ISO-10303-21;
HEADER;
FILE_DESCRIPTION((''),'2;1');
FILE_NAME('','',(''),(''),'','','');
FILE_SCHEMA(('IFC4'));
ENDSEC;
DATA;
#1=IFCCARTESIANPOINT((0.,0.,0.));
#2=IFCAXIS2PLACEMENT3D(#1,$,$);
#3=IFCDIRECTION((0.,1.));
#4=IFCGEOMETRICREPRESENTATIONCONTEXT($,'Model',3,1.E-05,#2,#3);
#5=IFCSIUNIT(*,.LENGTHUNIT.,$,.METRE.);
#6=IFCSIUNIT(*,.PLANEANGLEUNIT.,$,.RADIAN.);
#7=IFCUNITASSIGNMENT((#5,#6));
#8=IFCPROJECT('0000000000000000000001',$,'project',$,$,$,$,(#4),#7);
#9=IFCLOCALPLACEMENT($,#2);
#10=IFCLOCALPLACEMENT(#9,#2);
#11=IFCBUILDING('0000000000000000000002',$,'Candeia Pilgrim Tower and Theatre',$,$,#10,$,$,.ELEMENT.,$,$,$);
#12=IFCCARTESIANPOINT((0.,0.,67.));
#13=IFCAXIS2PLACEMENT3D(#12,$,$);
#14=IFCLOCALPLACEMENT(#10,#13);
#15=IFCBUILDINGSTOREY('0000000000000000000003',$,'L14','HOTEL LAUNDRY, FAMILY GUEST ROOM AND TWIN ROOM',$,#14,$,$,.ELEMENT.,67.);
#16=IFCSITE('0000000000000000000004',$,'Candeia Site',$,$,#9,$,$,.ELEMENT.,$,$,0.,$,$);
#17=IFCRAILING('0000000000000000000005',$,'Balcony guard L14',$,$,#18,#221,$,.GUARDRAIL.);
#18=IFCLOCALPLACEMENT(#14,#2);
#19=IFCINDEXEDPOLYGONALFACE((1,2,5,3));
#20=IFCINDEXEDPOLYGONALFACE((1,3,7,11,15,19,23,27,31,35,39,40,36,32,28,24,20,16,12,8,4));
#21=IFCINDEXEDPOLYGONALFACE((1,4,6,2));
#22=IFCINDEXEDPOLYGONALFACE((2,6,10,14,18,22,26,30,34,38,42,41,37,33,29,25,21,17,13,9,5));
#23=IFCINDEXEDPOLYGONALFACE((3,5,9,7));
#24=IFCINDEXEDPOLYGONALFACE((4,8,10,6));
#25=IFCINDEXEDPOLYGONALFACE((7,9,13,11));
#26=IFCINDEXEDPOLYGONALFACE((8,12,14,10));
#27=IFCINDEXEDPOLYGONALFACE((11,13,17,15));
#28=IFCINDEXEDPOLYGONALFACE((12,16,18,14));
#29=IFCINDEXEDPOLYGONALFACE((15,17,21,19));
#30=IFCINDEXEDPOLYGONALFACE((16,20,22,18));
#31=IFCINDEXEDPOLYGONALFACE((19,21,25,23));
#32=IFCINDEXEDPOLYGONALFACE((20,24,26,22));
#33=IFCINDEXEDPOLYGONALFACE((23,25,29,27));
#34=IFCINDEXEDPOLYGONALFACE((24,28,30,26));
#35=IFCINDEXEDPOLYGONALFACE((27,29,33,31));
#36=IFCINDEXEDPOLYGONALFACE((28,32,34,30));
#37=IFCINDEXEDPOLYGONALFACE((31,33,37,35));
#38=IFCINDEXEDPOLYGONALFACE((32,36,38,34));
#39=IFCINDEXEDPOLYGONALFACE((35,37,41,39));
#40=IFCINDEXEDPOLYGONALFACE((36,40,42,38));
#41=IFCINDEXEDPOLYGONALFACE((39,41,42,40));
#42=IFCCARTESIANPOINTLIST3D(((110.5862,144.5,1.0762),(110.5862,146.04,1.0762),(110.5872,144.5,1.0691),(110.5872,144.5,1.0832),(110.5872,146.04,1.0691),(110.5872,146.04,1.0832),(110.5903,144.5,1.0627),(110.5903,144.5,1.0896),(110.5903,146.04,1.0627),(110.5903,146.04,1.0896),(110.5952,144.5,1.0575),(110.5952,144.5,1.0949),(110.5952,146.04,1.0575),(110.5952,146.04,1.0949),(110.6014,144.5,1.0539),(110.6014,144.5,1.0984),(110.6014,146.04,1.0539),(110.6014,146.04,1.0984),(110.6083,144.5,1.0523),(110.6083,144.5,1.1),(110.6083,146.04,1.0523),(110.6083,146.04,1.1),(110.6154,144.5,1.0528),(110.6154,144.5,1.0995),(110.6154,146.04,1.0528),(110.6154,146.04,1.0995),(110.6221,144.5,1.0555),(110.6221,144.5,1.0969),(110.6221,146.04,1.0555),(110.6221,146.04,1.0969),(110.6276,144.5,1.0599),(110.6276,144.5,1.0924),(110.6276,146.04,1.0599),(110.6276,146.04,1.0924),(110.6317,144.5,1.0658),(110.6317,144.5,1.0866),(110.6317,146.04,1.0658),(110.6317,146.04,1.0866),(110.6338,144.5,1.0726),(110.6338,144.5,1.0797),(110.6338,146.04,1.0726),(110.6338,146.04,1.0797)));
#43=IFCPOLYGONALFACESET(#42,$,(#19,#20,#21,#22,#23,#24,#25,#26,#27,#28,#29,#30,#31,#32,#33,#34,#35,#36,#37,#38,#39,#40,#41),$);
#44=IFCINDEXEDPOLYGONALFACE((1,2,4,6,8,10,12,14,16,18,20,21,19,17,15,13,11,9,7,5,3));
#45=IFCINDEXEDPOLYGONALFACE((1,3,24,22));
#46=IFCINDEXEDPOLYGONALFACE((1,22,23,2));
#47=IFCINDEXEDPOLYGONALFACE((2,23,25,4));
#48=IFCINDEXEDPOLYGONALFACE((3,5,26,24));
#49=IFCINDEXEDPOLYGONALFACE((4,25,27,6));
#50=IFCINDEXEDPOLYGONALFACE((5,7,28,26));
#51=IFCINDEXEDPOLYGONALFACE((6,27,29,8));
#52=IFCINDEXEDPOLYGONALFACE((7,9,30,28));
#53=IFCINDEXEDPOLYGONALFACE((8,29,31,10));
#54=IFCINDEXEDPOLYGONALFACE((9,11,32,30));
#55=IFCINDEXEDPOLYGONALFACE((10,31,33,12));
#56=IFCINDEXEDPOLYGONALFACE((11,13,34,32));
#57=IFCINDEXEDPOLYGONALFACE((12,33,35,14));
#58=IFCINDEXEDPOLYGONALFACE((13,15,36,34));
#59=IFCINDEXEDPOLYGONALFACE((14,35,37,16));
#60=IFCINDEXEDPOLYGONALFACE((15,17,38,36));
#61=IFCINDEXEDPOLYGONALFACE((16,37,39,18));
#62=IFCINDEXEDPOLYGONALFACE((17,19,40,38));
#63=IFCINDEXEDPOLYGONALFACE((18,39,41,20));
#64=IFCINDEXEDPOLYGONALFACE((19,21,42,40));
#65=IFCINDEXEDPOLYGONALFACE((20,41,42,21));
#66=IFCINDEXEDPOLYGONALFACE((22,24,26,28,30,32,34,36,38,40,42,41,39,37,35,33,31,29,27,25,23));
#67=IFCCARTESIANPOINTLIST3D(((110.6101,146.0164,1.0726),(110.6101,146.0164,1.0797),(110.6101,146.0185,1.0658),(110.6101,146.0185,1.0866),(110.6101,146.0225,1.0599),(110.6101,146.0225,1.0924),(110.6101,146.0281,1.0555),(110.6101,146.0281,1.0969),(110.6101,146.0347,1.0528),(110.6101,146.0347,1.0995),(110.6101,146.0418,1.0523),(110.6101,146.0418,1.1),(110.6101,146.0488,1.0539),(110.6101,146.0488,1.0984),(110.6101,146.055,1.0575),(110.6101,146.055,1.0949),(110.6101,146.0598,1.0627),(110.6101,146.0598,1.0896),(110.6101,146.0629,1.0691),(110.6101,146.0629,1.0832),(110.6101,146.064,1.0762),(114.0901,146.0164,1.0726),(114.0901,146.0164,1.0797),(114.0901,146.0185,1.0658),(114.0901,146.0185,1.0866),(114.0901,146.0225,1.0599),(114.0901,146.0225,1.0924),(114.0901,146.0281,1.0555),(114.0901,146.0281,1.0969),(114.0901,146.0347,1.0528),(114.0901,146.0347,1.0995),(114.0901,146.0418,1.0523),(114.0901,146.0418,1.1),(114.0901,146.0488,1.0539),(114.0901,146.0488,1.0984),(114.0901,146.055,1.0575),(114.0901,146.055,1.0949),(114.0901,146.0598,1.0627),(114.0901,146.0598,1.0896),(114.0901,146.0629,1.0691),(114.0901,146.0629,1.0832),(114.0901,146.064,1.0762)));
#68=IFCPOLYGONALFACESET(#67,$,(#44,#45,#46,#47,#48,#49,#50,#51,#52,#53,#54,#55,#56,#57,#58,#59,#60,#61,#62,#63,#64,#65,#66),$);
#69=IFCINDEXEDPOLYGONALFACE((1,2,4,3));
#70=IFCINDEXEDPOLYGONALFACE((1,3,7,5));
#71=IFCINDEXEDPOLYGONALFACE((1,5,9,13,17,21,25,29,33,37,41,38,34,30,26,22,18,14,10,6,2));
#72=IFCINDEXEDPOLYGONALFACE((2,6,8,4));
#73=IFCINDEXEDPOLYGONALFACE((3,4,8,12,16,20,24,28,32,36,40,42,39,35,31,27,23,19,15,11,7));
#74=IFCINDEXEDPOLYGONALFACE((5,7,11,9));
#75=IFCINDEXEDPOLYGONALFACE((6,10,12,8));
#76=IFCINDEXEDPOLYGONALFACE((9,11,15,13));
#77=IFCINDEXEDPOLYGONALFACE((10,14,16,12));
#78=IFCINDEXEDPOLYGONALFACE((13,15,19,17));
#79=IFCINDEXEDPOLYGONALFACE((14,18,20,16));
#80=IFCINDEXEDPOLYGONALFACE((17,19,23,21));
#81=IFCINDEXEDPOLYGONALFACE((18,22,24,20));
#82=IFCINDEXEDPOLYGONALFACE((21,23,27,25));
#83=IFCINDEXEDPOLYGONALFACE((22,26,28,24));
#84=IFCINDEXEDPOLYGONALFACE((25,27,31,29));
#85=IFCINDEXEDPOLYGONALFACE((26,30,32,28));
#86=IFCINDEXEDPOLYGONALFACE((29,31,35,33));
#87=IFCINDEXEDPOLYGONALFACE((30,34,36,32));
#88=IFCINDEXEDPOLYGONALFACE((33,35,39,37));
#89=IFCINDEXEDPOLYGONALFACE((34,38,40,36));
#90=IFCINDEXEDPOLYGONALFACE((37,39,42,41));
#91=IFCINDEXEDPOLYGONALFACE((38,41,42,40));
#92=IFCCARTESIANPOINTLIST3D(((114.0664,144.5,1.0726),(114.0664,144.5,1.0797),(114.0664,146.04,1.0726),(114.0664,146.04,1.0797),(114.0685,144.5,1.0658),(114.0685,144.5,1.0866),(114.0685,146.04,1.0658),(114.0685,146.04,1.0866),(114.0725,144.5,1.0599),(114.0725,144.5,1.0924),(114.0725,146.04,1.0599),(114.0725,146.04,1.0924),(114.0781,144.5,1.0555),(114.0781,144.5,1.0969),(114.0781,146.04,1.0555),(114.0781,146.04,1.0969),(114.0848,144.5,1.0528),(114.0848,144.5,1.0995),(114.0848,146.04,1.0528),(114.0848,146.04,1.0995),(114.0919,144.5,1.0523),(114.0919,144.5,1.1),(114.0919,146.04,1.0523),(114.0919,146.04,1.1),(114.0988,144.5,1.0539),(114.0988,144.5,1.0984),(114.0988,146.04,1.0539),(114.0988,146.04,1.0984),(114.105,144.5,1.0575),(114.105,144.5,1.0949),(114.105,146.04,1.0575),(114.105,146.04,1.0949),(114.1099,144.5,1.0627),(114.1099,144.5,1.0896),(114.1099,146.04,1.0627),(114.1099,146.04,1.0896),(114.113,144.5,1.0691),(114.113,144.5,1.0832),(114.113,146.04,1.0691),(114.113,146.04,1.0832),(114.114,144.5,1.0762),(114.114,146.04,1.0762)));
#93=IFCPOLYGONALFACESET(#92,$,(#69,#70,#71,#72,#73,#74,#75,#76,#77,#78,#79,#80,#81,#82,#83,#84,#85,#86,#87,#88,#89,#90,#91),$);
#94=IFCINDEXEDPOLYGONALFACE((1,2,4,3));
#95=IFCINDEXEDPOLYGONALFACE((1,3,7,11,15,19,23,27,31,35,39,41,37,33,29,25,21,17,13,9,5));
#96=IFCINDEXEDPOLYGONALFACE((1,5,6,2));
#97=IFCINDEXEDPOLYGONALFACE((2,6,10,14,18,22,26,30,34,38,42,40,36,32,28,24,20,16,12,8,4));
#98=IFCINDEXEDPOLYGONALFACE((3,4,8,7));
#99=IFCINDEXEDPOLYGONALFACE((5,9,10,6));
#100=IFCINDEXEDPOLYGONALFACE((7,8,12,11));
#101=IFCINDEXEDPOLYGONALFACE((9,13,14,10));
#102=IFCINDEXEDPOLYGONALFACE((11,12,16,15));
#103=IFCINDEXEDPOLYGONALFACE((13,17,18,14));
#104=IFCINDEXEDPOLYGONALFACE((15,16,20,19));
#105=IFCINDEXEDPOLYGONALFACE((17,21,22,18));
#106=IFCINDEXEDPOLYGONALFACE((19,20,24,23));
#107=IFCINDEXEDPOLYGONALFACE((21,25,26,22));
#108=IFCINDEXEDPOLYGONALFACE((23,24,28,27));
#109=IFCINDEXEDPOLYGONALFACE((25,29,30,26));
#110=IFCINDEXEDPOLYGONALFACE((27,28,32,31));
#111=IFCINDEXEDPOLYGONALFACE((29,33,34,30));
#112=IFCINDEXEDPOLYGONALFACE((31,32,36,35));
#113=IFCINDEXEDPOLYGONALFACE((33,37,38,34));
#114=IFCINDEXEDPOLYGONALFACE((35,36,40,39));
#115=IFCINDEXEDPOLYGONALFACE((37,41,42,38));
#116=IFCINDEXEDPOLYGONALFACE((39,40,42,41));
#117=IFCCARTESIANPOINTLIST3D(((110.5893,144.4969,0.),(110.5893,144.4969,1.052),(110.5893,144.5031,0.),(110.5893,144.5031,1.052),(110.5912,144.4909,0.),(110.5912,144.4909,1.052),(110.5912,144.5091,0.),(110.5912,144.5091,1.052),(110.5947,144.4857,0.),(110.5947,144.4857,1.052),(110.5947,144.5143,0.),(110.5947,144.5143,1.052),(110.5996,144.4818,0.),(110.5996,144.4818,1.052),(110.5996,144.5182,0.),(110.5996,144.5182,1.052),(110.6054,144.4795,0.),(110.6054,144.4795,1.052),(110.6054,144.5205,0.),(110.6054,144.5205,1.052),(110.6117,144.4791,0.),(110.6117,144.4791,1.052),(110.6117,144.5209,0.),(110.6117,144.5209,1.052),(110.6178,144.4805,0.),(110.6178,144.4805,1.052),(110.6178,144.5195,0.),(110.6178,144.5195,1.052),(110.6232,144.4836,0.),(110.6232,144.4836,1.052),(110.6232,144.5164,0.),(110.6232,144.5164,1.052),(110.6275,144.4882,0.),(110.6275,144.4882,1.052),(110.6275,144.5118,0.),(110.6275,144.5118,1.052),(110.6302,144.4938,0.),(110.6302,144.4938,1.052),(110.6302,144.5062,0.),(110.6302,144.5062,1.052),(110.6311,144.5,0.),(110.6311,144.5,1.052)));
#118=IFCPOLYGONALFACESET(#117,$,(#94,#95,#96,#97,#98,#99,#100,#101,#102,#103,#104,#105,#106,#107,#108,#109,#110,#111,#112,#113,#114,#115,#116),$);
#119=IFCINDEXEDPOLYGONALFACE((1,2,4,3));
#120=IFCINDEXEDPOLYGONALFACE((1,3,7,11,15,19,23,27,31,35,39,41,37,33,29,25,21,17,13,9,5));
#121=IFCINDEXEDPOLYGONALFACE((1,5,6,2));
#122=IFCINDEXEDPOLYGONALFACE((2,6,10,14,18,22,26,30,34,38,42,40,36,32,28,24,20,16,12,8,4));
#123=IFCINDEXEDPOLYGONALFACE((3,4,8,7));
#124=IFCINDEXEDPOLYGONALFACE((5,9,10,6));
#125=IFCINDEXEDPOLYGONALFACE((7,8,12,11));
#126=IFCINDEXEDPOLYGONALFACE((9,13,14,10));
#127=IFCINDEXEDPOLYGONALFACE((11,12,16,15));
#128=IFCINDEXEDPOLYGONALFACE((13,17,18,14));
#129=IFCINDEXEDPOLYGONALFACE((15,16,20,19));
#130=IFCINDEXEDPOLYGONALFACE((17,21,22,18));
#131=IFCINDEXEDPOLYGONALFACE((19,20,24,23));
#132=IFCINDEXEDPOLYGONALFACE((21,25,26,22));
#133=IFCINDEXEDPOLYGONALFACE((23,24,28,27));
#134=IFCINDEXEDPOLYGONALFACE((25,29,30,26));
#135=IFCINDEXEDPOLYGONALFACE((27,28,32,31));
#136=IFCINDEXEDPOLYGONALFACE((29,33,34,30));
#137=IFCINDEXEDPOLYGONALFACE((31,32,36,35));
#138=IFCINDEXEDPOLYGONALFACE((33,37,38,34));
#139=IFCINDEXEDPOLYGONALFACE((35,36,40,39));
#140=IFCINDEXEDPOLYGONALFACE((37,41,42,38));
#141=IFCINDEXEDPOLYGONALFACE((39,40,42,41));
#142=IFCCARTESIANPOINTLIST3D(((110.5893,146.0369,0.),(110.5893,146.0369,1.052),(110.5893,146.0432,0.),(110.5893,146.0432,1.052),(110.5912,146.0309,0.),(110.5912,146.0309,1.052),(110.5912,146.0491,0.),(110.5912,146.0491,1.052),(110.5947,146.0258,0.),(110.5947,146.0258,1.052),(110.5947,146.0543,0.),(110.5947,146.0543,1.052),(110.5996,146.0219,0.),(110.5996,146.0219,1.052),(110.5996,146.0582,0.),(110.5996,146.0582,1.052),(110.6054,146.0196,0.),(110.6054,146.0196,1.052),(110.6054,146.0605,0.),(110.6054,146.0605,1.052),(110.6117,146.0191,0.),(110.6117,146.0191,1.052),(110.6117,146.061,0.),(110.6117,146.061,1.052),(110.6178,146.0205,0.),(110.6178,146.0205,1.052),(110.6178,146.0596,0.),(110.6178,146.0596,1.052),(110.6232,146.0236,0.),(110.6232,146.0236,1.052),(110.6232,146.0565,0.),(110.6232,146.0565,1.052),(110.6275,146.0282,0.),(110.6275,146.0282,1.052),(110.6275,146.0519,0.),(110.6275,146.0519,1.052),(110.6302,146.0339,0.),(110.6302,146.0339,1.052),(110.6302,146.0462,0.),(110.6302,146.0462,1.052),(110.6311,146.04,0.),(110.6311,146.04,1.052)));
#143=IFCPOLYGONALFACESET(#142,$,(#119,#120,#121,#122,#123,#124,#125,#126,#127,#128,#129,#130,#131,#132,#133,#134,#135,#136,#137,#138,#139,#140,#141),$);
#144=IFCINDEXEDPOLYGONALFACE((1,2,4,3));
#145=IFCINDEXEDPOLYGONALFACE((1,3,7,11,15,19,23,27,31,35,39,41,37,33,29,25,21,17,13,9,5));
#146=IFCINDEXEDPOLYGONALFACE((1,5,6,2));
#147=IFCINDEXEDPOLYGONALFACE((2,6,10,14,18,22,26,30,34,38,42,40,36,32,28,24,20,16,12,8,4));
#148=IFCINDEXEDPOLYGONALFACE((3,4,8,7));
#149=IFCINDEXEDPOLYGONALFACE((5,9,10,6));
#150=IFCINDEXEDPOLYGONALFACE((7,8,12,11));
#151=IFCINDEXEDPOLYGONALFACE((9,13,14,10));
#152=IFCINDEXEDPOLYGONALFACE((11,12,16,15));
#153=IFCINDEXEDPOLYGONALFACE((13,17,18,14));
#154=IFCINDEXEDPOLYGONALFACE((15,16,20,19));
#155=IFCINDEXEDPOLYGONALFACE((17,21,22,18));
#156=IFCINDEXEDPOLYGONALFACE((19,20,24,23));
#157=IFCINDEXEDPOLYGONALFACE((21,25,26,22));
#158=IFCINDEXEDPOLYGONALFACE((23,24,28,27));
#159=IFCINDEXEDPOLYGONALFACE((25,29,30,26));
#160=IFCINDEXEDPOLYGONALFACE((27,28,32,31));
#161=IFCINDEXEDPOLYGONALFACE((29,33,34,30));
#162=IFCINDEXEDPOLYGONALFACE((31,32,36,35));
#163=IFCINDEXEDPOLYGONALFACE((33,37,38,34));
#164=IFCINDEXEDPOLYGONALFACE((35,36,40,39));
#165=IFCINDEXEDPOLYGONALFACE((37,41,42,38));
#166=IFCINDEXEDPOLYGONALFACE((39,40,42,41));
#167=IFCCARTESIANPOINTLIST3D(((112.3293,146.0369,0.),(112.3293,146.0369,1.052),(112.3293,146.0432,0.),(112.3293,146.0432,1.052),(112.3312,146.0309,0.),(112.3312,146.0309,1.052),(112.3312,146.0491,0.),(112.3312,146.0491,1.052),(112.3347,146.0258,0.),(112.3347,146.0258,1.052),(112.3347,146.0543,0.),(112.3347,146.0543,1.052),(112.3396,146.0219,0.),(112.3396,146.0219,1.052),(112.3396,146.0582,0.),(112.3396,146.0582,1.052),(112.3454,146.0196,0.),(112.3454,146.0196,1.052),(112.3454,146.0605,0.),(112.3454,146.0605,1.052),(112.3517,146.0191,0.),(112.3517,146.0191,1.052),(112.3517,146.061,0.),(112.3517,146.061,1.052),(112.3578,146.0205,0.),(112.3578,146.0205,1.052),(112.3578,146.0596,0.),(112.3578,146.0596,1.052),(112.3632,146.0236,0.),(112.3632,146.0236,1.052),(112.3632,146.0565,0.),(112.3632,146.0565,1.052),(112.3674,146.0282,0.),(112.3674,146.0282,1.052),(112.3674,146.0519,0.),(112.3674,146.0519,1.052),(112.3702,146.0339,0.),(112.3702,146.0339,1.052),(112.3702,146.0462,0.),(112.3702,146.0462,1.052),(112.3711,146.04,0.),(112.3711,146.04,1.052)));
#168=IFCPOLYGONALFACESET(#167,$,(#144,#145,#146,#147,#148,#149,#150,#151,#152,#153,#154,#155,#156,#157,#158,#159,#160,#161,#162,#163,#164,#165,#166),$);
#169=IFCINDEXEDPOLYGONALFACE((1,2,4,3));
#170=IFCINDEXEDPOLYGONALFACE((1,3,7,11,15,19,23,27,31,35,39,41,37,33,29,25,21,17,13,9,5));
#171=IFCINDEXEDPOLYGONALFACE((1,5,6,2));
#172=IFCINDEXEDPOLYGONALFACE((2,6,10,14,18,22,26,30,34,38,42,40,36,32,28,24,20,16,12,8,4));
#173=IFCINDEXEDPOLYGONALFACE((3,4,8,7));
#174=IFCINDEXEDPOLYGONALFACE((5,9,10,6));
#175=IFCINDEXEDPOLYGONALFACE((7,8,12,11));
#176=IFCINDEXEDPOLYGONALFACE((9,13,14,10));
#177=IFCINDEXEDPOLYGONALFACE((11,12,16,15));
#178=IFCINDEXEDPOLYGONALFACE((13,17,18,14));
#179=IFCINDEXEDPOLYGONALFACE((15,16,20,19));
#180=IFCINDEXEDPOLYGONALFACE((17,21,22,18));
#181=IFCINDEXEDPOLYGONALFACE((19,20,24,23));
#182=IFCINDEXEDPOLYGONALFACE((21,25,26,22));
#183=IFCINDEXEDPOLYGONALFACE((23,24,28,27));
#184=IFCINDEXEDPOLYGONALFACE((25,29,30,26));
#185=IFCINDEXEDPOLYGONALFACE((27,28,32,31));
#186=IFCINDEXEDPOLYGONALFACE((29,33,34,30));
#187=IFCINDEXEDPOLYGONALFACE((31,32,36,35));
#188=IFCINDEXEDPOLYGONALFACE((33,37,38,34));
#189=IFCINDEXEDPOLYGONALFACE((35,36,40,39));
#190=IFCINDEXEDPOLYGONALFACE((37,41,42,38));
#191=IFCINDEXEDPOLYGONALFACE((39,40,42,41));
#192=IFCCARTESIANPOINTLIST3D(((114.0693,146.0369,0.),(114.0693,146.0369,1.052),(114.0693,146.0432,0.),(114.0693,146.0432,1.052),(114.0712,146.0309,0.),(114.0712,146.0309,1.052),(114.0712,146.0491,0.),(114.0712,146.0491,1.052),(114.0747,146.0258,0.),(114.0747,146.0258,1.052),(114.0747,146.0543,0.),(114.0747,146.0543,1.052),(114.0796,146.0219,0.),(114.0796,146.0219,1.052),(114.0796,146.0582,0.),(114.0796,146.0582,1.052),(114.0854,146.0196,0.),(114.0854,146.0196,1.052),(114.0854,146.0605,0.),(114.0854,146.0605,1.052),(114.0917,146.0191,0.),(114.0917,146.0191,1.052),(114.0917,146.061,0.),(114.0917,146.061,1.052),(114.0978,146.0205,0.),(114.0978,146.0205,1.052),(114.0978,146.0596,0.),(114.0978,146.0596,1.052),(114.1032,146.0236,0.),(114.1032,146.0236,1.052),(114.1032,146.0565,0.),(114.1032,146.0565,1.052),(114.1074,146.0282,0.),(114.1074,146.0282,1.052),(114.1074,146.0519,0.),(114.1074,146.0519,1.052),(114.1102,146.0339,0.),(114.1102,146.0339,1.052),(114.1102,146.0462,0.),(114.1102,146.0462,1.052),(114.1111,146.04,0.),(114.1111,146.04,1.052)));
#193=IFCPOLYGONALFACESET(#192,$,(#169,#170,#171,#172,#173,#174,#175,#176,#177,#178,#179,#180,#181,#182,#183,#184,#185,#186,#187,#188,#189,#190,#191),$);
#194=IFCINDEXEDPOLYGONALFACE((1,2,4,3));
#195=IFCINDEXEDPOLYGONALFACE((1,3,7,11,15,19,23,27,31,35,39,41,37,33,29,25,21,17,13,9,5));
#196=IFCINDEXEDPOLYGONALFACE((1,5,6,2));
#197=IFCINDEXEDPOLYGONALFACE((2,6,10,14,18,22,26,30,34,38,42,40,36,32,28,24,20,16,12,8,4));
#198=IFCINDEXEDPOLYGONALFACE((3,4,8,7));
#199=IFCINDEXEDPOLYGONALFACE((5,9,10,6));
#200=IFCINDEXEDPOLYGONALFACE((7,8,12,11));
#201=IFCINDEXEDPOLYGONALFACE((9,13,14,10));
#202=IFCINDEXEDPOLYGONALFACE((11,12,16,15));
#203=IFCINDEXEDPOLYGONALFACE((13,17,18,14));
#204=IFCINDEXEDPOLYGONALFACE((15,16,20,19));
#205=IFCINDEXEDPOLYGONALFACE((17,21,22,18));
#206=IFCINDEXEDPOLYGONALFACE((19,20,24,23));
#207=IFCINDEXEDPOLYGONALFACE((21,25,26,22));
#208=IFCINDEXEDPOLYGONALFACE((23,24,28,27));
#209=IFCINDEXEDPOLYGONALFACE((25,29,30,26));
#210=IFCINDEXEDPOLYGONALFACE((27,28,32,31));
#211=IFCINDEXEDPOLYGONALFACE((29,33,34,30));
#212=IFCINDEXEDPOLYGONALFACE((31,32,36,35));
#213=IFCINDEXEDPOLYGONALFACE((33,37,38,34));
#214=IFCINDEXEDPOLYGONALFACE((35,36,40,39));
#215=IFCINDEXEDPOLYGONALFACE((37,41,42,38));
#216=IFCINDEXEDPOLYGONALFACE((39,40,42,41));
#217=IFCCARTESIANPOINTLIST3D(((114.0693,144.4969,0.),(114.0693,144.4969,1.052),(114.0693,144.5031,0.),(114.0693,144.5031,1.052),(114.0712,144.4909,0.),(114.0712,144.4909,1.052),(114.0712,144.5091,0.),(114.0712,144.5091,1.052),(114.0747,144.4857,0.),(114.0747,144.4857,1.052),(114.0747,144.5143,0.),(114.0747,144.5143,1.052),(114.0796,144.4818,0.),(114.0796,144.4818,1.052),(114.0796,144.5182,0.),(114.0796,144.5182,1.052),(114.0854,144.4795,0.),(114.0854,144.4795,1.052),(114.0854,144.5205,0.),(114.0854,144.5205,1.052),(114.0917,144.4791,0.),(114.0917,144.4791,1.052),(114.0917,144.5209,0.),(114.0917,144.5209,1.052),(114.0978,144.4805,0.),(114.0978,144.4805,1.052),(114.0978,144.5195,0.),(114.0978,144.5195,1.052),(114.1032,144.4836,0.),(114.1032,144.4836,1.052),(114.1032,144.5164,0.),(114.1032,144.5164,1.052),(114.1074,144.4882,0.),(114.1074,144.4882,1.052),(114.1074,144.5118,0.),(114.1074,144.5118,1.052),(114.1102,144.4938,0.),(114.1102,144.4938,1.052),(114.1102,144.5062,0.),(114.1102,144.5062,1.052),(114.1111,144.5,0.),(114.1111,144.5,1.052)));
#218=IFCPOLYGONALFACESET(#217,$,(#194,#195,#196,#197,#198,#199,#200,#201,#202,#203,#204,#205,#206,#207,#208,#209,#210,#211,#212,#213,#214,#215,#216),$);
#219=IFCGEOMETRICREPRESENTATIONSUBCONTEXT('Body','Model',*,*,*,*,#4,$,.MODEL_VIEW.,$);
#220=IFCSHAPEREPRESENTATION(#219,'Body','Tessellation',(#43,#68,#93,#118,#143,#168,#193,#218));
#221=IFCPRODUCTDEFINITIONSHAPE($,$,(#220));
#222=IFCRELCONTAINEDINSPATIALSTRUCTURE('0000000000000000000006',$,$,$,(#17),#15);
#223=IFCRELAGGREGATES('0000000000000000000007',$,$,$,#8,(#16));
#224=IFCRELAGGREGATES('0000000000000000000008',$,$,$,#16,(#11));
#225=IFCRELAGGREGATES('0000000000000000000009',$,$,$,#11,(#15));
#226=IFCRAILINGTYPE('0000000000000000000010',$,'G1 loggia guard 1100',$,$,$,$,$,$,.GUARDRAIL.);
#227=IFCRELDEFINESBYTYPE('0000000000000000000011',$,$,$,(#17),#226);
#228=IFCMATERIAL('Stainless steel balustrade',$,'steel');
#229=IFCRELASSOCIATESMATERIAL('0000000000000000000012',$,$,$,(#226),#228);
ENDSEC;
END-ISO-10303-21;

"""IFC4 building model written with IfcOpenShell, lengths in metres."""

from ifc_helpers import new_model, si_unit, direction, frame, origin, origin_2d, place, context, subcontext, project, spatial, circle, extrude, material, type_object, element, save


model = new_model("IFC4")

# Units and contexts
model_context = context("Model", 3, precision=1e-05, world=origin(), true_north=direction((0.0, 1.0)))
body_context = subcontext(model_context, "Body", "Model", "MODEL_VIEW")
ifc_project = project(units=[si_unit("LENGTHUNIT", "METRE"), si_unit("PLANEANGLEUNIT", "RADIAN")], contexts=[model_context])

# Site, building, storey
site_placement = place(None, origin())
site = spatial("IfcSite", under=ifc_project, at=site_placement, Name="Candeia Site", CompositionType="ELEMENT", RefElevation=0.0)
building_placement = place(site_placement, origin())
building = spatial("IfcBuilding", under=site, at=building_placement, Name="Candeia Pilgrim Tower and Theatre", CompositionType="ELEMENT")
storey_placement = place(building_placement, frame((0.0, 0.0, 67.0)))
storey = spatial("IfcBuildingStorey", under=building, at=storey_placement, Name="L14", Description="HOTEL LAUNDRY, FAMILY GUEST ROOM AND TWIN ROOM", CompositionType="ELEMENT", Elevation=67.0)

# Railing
ifc_material_1 = material(Name="Stainless steel balustrade", Category="steel")
railing_type = type_object("IfcRailingType", Name="G1 loggia guard 1100", PredefinedType="GUARDRAIL", material=ifc_material_1)
railing_placement = place(storey_placement, frame((110.6101, 144.5, 0.0)))
element("IfcRailing", 1, at=railing_placement, inside=storey, type_object=railing_type, Name="Balcony guard L14", PredefinedType="GUARDRAIL", context=body_context, shape_type="SweptSolid", body=[
    extrude(circle(Radius=0.0239, at=origin_2d()), frame((0.0, 0.0, 1.0762), z_axis=(0.0, 1.0, 0.0), x_axis=(-1.0, 0.0, 0.0)), (0.0, 0.0, 1.0), 1.54),
    extrude(circle(Radius=0.0239, at=origin_2d()), frame((0.0, 1.54, 1.0762), z_axis=(1.0, 0.0, 0.0), x_axis=(0.0, 1.0, 0.0)), (0.0, 0.0, 1.0), 3.48),
    extrude(circle(Radius=0.0239, at=origin_2d()), frame((3.48, 1.54, 1.0762), z_axis=(0.0, -1.0, 0.0), x_axis=(1.0, 0.0, 0.0)), (0.0, 0.0, 1.0), 1.54),
    extrude(circle(Radius=0.021, at=origin_2d()), origin(), (0.0, 0.0, 1.0), 1.052),
    extrude(circle(Radius=0.021, at=origin_2d()), frame((0.0, 1.54, 0.0)), (0.0, 0.0, 1.0), 1.052),
    extrude(circle(Radius=0.021, at=origin_2d()), frame((1.74, 1.54, 0.0)), (0.0, 0.0, 1.0), 1.052),
    extrude(circle(Radius=0.021, at=origin_2d()), frame((3.48, 1.54, 0.0)), (0.0, 0.0, 1.0), 1.052),
    extrude(circle(Radius=0.021, at=origin_2d()), frame((3.48, 0.0, 0.0)), (0.0, 0.0, 1.0), 1.052),
])

save(model, "model.ifc")
